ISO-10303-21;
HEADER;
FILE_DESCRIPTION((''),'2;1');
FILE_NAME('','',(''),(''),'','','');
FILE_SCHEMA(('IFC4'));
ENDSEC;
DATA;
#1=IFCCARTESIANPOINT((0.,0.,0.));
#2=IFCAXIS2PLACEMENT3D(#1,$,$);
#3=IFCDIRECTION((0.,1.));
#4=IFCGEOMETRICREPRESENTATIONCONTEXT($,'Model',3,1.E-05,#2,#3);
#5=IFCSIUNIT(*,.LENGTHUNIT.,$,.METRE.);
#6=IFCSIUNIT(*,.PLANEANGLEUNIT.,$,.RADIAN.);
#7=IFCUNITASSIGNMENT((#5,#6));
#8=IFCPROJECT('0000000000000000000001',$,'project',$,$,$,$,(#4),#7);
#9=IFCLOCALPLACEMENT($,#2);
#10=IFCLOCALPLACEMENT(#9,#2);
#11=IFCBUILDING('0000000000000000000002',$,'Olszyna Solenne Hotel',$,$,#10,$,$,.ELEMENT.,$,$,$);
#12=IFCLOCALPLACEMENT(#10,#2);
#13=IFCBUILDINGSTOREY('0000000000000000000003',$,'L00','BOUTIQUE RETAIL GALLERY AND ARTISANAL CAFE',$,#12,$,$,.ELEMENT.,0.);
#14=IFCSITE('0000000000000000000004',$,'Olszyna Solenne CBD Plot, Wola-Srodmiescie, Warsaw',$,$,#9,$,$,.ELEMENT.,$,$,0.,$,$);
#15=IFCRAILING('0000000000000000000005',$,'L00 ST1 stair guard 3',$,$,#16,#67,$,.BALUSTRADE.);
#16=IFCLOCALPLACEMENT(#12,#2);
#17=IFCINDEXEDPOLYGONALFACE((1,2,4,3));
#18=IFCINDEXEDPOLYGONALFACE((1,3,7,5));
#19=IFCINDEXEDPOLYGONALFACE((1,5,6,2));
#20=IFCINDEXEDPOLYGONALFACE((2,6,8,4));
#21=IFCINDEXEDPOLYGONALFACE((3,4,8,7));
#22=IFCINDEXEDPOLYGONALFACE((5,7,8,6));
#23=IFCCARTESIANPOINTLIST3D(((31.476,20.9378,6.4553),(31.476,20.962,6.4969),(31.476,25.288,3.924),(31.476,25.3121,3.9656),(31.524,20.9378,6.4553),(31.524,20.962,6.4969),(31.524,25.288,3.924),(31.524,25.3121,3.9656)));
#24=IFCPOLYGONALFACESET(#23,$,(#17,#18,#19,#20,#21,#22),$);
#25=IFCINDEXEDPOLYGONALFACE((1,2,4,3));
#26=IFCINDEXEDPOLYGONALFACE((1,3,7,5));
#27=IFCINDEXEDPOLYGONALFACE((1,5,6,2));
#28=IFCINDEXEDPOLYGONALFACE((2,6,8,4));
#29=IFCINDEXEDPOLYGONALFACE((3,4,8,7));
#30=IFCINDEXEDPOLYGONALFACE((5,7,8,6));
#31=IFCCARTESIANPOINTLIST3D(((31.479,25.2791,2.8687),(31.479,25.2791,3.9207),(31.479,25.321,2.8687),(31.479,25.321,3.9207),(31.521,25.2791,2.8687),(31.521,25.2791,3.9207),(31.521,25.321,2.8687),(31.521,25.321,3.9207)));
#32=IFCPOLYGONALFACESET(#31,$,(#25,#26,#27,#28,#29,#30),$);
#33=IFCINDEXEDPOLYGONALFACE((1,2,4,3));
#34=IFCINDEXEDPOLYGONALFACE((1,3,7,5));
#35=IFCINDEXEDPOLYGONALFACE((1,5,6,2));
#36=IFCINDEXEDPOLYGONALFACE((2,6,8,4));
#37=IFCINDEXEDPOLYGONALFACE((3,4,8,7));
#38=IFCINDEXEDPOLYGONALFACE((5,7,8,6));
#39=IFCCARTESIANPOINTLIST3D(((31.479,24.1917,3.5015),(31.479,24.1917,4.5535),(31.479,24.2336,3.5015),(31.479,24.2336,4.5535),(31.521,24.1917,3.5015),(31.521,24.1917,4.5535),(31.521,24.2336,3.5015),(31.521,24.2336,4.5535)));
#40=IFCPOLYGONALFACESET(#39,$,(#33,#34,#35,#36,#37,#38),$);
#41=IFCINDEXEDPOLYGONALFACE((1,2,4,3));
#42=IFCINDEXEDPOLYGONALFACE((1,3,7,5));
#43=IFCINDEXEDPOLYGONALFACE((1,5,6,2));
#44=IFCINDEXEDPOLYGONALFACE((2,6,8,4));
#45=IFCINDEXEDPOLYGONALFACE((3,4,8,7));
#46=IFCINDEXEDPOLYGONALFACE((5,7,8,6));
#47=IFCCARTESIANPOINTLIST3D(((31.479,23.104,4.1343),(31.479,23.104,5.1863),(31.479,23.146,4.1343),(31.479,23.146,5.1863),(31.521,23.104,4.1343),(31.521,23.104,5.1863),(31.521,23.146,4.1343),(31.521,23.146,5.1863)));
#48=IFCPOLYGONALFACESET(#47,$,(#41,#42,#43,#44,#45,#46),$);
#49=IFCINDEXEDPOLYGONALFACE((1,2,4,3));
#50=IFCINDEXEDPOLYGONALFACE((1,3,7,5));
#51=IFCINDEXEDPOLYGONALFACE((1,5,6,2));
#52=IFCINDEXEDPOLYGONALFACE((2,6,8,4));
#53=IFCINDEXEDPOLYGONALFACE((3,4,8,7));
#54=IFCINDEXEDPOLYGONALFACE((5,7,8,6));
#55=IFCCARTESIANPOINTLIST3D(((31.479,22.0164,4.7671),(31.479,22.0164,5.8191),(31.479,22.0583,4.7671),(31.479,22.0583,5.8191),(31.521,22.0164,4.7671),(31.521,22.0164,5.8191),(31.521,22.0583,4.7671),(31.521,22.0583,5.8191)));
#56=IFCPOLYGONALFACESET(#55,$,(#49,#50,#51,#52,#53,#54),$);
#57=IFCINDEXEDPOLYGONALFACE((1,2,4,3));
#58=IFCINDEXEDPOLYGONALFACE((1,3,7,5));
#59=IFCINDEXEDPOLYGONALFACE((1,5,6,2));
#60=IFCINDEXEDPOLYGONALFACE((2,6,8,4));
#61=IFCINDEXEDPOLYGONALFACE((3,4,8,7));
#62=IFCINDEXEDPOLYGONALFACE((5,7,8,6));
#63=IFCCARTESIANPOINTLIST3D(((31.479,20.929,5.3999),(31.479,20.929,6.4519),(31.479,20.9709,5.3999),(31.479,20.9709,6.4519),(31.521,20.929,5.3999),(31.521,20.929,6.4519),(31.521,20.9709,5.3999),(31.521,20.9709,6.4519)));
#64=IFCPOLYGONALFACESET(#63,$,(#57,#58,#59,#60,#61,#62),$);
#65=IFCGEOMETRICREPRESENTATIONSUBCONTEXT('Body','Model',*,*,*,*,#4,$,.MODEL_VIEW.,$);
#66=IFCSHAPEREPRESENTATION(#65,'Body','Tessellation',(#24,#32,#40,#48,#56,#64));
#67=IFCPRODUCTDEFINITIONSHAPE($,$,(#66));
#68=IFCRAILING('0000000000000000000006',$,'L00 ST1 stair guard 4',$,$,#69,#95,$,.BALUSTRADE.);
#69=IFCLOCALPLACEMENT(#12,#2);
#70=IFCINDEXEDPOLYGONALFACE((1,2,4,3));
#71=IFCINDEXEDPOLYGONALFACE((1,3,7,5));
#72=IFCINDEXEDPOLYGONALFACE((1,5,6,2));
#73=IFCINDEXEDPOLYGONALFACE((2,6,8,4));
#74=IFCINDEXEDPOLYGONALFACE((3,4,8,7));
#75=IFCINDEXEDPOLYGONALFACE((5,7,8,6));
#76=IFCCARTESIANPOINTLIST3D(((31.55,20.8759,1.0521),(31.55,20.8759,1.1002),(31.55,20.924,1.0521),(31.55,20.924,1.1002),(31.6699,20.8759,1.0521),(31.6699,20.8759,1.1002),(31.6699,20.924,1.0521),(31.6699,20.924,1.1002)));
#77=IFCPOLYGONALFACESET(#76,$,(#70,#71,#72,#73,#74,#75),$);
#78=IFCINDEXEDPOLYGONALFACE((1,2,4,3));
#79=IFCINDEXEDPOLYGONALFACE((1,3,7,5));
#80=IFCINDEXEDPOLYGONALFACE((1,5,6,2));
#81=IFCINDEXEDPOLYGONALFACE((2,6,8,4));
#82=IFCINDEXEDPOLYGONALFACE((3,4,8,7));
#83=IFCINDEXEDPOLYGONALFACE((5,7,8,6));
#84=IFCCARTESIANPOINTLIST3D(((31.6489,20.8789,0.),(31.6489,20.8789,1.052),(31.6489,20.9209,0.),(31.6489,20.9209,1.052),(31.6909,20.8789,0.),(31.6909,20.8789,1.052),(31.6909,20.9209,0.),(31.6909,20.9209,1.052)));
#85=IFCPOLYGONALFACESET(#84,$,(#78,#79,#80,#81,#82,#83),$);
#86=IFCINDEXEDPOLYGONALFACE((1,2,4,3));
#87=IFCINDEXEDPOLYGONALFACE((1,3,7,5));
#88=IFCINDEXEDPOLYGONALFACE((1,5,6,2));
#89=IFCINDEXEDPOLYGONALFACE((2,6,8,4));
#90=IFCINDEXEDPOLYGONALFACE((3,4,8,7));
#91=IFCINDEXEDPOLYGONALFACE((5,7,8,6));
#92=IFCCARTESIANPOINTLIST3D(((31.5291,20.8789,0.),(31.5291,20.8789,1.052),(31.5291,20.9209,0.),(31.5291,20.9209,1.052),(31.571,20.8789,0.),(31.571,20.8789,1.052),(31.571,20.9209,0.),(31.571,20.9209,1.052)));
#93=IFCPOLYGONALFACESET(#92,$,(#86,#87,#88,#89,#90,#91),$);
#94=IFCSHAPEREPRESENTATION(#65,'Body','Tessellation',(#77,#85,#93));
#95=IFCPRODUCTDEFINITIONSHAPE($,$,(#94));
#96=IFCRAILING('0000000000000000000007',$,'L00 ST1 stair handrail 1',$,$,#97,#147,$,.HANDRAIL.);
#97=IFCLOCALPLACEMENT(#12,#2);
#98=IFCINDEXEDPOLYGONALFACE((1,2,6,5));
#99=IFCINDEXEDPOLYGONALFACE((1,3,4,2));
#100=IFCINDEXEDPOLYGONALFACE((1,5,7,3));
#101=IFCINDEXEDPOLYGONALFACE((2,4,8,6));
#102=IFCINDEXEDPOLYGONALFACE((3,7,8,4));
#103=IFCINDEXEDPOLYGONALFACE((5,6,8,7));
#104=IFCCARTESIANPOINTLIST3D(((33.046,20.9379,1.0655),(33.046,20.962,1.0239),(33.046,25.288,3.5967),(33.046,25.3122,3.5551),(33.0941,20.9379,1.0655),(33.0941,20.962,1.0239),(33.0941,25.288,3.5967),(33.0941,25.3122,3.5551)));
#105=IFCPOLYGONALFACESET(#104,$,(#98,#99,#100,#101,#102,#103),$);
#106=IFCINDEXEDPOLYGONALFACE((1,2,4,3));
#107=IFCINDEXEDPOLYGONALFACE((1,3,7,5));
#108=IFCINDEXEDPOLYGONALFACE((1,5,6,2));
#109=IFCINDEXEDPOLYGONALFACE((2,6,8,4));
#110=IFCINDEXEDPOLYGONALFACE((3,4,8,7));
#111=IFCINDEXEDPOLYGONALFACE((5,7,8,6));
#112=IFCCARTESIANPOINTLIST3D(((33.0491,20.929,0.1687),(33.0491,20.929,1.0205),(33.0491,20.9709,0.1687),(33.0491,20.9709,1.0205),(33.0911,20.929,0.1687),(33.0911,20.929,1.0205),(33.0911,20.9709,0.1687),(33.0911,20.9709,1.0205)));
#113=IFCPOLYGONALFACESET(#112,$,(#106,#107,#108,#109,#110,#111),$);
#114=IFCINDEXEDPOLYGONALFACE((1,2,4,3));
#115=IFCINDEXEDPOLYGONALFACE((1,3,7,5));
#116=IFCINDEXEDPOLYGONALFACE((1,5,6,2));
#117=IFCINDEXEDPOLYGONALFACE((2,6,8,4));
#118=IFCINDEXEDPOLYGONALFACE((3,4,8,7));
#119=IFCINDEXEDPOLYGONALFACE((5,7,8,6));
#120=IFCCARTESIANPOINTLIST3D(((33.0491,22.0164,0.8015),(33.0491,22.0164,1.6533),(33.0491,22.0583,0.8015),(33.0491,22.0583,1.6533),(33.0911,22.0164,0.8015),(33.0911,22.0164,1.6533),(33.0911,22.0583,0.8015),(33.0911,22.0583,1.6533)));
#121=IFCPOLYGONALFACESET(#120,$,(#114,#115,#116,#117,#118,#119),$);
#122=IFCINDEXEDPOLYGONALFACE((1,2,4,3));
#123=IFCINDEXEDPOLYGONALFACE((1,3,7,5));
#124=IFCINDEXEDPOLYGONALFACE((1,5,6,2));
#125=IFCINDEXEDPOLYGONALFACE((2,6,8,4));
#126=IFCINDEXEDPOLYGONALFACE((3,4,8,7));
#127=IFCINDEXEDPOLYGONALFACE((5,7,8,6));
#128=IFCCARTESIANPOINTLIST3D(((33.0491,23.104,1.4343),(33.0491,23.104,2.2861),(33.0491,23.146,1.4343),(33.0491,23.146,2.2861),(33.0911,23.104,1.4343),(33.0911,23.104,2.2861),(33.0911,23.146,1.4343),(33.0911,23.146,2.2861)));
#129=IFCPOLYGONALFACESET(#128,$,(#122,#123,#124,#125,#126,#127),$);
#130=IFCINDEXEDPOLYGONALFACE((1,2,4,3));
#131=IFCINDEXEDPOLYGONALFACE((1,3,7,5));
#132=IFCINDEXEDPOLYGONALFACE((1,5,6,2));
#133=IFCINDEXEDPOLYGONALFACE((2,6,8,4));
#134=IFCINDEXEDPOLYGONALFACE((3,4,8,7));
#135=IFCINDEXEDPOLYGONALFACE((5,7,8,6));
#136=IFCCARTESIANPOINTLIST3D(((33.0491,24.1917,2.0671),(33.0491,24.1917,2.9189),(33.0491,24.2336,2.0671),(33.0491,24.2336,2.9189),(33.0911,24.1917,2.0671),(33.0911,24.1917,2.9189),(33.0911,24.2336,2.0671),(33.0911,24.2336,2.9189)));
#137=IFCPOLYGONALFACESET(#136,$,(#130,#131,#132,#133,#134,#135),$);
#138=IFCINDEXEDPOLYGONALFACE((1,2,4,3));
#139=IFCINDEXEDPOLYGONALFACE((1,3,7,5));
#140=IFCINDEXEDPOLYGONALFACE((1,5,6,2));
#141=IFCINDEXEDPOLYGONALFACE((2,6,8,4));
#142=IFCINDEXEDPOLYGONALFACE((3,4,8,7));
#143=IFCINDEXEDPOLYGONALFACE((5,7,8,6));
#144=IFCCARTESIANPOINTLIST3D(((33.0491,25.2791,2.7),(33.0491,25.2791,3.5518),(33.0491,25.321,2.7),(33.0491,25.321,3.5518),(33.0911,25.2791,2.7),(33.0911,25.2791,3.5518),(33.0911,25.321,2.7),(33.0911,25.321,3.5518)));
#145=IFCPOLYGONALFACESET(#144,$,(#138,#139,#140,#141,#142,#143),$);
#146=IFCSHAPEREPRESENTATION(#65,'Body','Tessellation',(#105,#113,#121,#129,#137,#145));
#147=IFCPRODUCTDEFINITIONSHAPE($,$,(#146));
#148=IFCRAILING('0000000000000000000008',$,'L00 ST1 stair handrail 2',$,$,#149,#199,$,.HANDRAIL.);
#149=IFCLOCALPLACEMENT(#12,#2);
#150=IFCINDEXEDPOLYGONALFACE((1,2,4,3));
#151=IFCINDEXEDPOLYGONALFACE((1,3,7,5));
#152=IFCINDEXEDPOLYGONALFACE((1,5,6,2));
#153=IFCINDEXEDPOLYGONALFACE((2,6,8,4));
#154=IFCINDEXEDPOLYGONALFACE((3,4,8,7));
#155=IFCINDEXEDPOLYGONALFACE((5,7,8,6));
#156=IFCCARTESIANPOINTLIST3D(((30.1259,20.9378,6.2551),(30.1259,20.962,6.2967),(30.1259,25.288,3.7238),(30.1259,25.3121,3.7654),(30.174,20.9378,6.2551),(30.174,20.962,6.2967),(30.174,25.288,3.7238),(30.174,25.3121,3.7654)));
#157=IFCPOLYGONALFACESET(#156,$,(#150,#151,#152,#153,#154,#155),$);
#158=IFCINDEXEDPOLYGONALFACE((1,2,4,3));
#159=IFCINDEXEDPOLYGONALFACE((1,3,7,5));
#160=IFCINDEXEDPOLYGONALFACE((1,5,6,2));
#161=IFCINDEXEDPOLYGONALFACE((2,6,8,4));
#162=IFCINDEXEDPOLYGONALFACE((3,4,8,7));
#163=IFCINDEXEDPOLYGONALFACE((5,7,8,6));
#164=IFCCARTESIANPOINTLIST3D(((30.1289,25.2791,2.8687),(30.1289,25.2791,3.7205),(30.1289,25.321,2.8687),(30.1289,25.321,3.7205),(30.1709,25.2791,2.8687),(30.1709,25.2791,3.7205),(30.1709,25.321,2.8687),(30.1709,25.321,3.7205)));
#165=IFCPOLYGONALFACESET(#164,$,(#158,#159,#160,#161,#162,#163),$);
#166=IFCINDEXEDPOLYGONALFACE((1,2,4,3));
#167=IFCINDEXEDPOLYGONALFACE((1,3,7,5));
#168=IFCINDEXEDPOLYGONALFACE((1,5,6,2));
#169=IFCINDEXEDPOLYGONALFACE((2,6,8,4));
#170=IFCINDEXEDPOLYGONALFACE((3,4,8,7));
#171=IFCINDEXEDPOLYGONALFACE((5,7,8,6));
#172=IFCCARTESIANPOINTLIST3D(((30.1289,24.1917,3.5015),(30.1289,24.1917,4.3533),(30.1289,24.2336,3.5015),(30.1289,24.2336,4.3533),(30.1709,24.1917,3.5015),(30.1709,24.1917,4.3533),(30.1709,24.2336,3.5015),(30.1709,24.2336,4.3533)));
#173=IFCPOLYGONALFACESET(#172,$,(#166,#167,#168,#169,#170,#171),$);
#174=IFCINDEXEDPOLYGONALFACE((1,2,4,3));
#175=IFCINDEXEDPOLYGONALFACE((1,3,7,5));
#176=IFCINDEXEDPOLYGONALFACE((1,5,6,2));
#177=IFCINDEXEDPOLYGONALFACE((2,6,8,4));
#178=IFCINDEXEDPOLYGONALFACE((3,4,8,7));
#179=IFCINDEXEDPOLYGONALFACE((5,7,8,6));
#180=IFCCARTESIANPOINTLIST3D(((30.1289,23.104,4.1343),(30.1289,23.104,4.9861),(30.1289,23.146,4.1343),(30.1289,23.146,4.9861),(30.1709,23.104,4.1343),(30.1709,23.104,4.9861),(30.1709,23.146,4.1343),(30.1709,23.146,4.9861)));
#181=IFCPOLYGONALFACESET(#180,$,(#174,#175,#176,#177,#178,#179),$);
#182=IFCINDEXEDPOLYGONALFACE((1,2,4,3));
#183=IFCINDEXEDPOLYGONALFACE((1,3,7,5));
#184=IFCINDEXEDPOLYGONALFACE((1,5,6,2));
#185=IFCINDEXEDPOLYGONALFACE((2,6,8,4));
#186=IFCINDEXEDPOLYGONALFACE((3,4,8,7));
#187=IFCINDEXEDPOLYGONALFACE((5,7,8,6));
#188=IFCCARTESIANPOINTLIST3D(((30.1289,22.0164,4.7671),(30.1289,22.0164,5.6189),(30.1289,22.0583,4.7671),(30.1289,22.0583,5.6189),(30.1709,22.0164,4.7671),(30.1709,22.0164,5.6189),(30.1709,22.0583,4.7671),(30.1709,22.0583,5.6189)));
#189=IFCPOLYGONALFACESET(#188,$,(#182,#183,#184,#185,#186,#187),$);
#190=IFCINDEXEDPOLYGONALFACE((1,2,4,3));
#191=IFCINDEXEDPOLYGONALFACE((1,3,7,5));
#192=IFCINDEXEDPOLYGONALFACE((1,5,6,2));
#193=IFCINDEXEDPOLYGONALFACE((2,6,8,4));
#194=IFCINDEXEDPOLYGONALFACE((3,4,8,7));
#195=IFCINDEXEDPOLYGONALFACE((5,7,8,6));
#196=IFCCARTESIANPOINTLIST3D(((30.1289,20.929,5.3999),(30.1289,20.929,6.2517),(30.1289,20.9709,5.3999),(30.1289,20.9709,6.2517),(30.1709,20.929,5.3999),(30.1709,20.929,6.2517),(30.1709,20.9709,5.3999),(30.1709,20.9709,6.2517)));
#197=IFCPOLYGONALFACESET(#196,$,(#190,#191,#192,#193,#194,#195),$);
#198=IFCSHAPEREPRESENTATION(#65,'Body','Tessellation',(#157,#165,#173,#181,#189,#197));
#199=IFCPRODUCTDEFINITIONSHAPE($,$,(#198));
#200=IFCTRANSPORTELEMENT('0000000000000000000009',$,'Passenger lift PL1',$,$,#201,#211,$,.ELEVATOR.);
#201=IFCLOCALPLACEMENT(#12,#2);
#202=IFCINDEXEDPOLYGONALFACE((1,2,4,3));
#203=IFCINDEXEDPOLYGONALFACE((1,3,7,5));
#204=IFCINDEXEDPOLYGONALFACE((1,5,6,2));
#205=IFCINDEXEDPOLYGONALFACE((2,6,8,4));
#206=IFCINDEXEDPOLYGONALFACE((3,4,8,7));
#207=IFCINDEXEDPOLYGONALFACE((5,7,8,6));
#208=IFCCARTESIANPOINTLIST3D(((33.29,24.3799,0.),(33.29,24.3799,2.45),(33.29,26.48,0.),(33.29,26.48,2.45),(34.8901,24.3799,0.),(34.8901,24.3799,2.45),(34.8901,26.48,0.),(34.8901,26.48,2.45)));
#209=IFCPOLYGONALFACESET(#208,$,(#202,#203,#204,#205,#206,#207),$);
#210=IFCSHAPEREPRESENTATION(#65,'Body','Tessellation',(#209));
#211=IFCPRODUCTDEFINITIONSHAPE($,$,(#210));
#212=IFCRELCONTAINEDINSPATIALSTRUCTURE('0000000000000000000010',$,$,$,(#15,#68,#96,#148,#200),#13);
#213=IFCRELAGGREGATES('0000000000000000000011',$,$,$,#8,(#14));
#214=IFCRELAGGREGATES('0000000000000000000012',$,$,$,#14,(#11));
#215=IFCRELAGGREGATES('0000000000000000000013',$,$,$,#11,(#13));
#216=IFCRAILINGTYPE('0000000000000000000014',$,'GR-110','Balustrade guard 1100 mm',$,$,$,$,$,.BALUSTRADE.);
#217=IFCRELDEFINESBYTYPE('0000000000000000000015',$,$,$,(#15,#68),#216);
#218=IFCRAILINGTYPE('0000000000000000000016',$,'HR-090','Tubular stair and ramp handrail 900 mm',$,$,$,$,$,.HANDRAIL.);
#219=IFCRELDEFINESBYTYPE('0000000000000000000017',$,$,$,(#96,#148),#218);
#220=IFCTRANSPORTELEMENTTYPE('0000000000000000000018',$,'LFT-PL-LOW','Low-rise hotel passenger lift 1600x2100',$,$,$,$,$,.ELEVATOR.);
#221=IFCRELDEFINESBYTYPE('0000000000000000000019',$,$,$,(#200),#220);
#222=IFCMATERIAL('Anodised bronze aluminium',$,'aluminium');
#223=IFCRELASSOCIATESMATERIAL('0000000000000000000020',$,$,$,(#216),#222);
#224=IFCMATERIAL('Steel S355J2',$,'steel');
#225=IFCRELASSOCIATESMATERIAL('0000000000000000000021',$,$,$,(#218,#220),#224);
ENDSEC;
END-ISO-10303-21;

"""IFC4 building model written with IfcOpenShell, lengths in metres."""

from ifc_helpers import new_model, si_unit, direction, frame, origin, origin_2d, place, context, subcontext, project, spatial, rectangle, extrude, source, transform, mapped, material, type_object, element, save


model = new_model("IFC4")

# Units and contexts
model_context = context("Model", 3, precision=1e-05, world=origin(), true_north=direction((0.0, 1.0)))
body_context = subcontext(model_context, "Body", "Model", "MODEL_VIEW")
ifc_project = project(units=[si_unit("LENGTHUNIT", "METRE"), si_unit("PLANEANGLEUNIT", "RADIAN")], contexts=[model_context])

# Site, building, storey
site_placement = place(None, origin())
site = spatial("IfcSite", under=ifc_project, at=site_placement, Name="Olszyna Solenne CBD Plot, Wola-Srodmiescie, Warsaw", CompositionType="ELEMENT", RefElevation=0.0)
building_placement = place(site_placement, origin())
building = spatial("IfcBuilding", under=site, at=building_placement, Name="Olszyna Solenne Hotel", CompositionType="ELEMENT")
storey_placement = place(building_placement, origin())
storey = spatial("IfcBuildingStorey", under=building, at=storey_placement, Name="L00", Description="BOUTIQUE RETAIL GALLERY AND ARTISANAL CAFE", CompositionType="ELEMENT", Elevation=0.0)

# Shared definitions
ifc_material_1 = material(Name="Steel S355J2", Category="steel")

# Railings
ifc_material_2 = material(Name="Anodised bronze aluminium", Category="aluminium")
railing_type_1 = type_object("IfcRailingType", Name="GR-110", Description="Balustrade guard 1100 mm", PredefinedType="BALUSTRADE", material=ifc_material_2)
railing_1_placement = place(storey_placement, frame((31.5, 25.3, 2.8687)))
element("IfcRailing", 1, at=railing_1_placement, inside=storey, type_object=railing_type_1, Name="L00 ST1 stair guard 3", PredefinedType="BALUSTRADE", context=body_context, shape_type="SweptSolid", body=[
    extrude(rectangle(XDim=0.0481, YDim=0.0481, at=origin_2d()), frame((0.0, 0.0, 1.0762), z_axis=(0.0, -0.864324, 0.502936), x_axis=(1.0, 0.0, 0.0)), (0.0, 0.0, 1.0), 5.033),
    extrude(rectangle(XDim=0.042, YDim=0.042, at=origin_2d()), origin(), (0.0, 0.0, 1.0), 1.052),
    extrude(rectangle(XDim=0.042, YDim=0.042, at=origin_2d()), frame((0.0, -1.0874, 0.6328)), (0.0, 0.0, 1.0), 1.052),
    extrude(rectangle(XDim=0.042, YDim=0.042, at=origin_2d()), frame((0.0, -2.175, 1.2656)), (0.0, 0.0, 1.0), 1.052),
    extrude(rectangle(XDim=0.042, YDim=0.042, at=origin_2d()), frame((0.0, -3.2627, 1.8984)), (0.0, 0.0, 1.0), 1.052),
    extrude(rectangle(XDim=0.042, YDim=0.042, at=origin_2d()), frame((0.0, -4.3501, 2.5312)), (0.0, 0.0, 1.0), 1.052),
])
railing_2_placement = place(storey_placement, frame((31.6699, 20.8999, 0.0)))
element("IfcRailing", 2, at=railing_2_placement, inside=storey, type_object=railing_type_1, Name="L00 ST1 stair guard 4", PredefinedType="BALUSTRADE", context=body_context, shape_type="SweptSolid", body=[
    extrude(rectangle(XDim=0.0481, YDim=0.0481, at=origin_2d()), frame((0.0, 0.0, 1.0762), z_axis=(-1.0, 0.0, 0.0), x_axis=(0.0, -1.0, 0.0)), (0.0, 0.0, 1.0), 0.1199),
    extrude(rectangle(XDim=0.042, YDim=0.042, at=origin_2d()), origin(), (0.0, 0.0, 1.0), 1.052),
    extrude(rectangle(XDim=0.042, YDim=0.042, at=origin_2d()), frame((-0.1199, 0.0, 0.0)), (0.0, 0.0, 1.0), 1.052),
])
railing_type_2 = type_object("IfcRailingType", Name="HR-090", Description="Tubular stair and ramp handrail 900 mm", PredefinedType="HANDRAIL", material=ifc_material_1)
railing_3_placement = place(storey_placement, frame((33.0701, 20.95, 0.1687)))
element("IfcRailing", 3, at=railing_3_placement, inside=storey, type_object=railing_type_2, Name="L00 ST1 stair handrail 1", PredefinedType="HANDRAIL", context=body_context, shape_type="SweptSolid", body=[
    extrude(rectangle(XDim=0.0481, YDim=0.0481, at=origin_2d()), frame((0.0, 0.0, 0.876), z_axis=(0.0, 0.864324, 0.502936), x_axis=(-1.0, 0.0, 0.0)), (0.0, 0.0, 1.0), 5.033),
    extrude(rectangle(XDim=0.042, YDim=0.042, at=origin_2d()), origin(), (0.0, 0.0, 1.0), 0.8518),
    extrude(rectangle(XDim=0.042, YDim=0.042, at=origin_2d()), frame((0.0, 1.0874, 0.6328)), (0.0, 0.0, 1.0), 0.8518),
    extrude(rectangle(XDim=0.042, YDim=0.042, at=origin_2d()), frame((0.0, 2.175, 1.2656)), (0.0, 0.0, 1.0), 0.8518),
    extrude(rectangle(XDim=0.042, YDim=0.042, at=origin_2d()), frame((0.0, 3.2627, 1.8984)), (0.0, 0.0, 1.0), 0.8518),
    extrude(rectangle(XDim=0.042, YDim=0.042, at=origin_2d()), frame((0.0, 4.3501, 2.5312)), (0.0, 0.0, 1.0), 0.8518),
])
railing_4_placement = place(storey_placement, frame((30.1499, 25.3, 2.8687)))
element("IfcRailing", 4, at=railing_4_placement, inside=storey, type_object=railing_type_2, Name="L00 ST1 stair handrail 2", PredefinedType="HANDRAIL", context=body_context, shape_type="SweptSolid", body=[
    extrude(rectangle(XDim=0.0481, YDim=0.0481, at=origin_2d()), frame((0.0, 0.0, 0.876), z_axis=(0.0, -0.864324, 0.502936), x_axis=(1.0, 0.0, 0.0)), (0.0, 0.0, 1.0), 5.033),
    extrude(rectangle(XDim=0.042, YDim=0.042, at=origin_2d()), origin(), (0.0, 0.0, 1.0), 0.8518),
    extrude(rectangle(XDim=0.042, YDim=0.042, at=origin_2d()), frame((0.0, -1.0874, 0.6328)), (0.0, 0.0, 1.0), 0.8518),
    extrude(rectangle(XDim=0.042, YDim=0.042, at=origin_2d()), frame((0.0, -2.175, 1.2656)), (0.0, 0.0, 1.0), 0.8518),
    extrude(rectangle(XDim=0.042, YDim=0.042, at=origin_2d()), frame((0.0, -3.2627, 1.8984)), (0.0, 0.0, 1.0), 0.8518),
    extrude(rectangle(XDim=0.042, YDim=0.042, at=origin_2d()), frame((0.0, -4.3501, 2.5312)), (0.0, 0.0, 1.0), 0.8518),
])

# Transport element
transport_element_type = type_object("IfcTransportElementType", Name="LFT-PL-LOW", Description="Low-rise hotel passenger lift 1600x2100", PredefinedType="ELEVATOR", material=ifc_material_1)
shared_shape_1 = source(origin(), body_context, "Body", "SweptSolid", [
    extrude(rectangle(XDim=1.6001, YDim=2.1001, at=origin_2d()), origin(), (0.0, 0.0, 1.0), 2.45),
])
transport_element_placement = place(storey_placement, frame((34.0901, 25.4299, 0.0), z_axis=(0.0, 0.0, 1.0), x_axis=(1.0, 0.0, 0.0)))
element("IfcTransportElement", 5, at=transport_element_placement, inside=storey, type_object=transport_element_type, Name="Passenger lift PL1", PredefinedType="ELEVATOR", context=body_context, shape_type="MappedRepresentation", body=[
    mapped(shared_shape_1, transform((0.0, 0.0, 0.0), x_axis=(1.0, 0.0, 0.0), y_axis=(0.0, 1.0, 0.0), z_axis=(0.0, 0.0, 1.0), scale=1.0)),
])

save(model, "model.ifc")
